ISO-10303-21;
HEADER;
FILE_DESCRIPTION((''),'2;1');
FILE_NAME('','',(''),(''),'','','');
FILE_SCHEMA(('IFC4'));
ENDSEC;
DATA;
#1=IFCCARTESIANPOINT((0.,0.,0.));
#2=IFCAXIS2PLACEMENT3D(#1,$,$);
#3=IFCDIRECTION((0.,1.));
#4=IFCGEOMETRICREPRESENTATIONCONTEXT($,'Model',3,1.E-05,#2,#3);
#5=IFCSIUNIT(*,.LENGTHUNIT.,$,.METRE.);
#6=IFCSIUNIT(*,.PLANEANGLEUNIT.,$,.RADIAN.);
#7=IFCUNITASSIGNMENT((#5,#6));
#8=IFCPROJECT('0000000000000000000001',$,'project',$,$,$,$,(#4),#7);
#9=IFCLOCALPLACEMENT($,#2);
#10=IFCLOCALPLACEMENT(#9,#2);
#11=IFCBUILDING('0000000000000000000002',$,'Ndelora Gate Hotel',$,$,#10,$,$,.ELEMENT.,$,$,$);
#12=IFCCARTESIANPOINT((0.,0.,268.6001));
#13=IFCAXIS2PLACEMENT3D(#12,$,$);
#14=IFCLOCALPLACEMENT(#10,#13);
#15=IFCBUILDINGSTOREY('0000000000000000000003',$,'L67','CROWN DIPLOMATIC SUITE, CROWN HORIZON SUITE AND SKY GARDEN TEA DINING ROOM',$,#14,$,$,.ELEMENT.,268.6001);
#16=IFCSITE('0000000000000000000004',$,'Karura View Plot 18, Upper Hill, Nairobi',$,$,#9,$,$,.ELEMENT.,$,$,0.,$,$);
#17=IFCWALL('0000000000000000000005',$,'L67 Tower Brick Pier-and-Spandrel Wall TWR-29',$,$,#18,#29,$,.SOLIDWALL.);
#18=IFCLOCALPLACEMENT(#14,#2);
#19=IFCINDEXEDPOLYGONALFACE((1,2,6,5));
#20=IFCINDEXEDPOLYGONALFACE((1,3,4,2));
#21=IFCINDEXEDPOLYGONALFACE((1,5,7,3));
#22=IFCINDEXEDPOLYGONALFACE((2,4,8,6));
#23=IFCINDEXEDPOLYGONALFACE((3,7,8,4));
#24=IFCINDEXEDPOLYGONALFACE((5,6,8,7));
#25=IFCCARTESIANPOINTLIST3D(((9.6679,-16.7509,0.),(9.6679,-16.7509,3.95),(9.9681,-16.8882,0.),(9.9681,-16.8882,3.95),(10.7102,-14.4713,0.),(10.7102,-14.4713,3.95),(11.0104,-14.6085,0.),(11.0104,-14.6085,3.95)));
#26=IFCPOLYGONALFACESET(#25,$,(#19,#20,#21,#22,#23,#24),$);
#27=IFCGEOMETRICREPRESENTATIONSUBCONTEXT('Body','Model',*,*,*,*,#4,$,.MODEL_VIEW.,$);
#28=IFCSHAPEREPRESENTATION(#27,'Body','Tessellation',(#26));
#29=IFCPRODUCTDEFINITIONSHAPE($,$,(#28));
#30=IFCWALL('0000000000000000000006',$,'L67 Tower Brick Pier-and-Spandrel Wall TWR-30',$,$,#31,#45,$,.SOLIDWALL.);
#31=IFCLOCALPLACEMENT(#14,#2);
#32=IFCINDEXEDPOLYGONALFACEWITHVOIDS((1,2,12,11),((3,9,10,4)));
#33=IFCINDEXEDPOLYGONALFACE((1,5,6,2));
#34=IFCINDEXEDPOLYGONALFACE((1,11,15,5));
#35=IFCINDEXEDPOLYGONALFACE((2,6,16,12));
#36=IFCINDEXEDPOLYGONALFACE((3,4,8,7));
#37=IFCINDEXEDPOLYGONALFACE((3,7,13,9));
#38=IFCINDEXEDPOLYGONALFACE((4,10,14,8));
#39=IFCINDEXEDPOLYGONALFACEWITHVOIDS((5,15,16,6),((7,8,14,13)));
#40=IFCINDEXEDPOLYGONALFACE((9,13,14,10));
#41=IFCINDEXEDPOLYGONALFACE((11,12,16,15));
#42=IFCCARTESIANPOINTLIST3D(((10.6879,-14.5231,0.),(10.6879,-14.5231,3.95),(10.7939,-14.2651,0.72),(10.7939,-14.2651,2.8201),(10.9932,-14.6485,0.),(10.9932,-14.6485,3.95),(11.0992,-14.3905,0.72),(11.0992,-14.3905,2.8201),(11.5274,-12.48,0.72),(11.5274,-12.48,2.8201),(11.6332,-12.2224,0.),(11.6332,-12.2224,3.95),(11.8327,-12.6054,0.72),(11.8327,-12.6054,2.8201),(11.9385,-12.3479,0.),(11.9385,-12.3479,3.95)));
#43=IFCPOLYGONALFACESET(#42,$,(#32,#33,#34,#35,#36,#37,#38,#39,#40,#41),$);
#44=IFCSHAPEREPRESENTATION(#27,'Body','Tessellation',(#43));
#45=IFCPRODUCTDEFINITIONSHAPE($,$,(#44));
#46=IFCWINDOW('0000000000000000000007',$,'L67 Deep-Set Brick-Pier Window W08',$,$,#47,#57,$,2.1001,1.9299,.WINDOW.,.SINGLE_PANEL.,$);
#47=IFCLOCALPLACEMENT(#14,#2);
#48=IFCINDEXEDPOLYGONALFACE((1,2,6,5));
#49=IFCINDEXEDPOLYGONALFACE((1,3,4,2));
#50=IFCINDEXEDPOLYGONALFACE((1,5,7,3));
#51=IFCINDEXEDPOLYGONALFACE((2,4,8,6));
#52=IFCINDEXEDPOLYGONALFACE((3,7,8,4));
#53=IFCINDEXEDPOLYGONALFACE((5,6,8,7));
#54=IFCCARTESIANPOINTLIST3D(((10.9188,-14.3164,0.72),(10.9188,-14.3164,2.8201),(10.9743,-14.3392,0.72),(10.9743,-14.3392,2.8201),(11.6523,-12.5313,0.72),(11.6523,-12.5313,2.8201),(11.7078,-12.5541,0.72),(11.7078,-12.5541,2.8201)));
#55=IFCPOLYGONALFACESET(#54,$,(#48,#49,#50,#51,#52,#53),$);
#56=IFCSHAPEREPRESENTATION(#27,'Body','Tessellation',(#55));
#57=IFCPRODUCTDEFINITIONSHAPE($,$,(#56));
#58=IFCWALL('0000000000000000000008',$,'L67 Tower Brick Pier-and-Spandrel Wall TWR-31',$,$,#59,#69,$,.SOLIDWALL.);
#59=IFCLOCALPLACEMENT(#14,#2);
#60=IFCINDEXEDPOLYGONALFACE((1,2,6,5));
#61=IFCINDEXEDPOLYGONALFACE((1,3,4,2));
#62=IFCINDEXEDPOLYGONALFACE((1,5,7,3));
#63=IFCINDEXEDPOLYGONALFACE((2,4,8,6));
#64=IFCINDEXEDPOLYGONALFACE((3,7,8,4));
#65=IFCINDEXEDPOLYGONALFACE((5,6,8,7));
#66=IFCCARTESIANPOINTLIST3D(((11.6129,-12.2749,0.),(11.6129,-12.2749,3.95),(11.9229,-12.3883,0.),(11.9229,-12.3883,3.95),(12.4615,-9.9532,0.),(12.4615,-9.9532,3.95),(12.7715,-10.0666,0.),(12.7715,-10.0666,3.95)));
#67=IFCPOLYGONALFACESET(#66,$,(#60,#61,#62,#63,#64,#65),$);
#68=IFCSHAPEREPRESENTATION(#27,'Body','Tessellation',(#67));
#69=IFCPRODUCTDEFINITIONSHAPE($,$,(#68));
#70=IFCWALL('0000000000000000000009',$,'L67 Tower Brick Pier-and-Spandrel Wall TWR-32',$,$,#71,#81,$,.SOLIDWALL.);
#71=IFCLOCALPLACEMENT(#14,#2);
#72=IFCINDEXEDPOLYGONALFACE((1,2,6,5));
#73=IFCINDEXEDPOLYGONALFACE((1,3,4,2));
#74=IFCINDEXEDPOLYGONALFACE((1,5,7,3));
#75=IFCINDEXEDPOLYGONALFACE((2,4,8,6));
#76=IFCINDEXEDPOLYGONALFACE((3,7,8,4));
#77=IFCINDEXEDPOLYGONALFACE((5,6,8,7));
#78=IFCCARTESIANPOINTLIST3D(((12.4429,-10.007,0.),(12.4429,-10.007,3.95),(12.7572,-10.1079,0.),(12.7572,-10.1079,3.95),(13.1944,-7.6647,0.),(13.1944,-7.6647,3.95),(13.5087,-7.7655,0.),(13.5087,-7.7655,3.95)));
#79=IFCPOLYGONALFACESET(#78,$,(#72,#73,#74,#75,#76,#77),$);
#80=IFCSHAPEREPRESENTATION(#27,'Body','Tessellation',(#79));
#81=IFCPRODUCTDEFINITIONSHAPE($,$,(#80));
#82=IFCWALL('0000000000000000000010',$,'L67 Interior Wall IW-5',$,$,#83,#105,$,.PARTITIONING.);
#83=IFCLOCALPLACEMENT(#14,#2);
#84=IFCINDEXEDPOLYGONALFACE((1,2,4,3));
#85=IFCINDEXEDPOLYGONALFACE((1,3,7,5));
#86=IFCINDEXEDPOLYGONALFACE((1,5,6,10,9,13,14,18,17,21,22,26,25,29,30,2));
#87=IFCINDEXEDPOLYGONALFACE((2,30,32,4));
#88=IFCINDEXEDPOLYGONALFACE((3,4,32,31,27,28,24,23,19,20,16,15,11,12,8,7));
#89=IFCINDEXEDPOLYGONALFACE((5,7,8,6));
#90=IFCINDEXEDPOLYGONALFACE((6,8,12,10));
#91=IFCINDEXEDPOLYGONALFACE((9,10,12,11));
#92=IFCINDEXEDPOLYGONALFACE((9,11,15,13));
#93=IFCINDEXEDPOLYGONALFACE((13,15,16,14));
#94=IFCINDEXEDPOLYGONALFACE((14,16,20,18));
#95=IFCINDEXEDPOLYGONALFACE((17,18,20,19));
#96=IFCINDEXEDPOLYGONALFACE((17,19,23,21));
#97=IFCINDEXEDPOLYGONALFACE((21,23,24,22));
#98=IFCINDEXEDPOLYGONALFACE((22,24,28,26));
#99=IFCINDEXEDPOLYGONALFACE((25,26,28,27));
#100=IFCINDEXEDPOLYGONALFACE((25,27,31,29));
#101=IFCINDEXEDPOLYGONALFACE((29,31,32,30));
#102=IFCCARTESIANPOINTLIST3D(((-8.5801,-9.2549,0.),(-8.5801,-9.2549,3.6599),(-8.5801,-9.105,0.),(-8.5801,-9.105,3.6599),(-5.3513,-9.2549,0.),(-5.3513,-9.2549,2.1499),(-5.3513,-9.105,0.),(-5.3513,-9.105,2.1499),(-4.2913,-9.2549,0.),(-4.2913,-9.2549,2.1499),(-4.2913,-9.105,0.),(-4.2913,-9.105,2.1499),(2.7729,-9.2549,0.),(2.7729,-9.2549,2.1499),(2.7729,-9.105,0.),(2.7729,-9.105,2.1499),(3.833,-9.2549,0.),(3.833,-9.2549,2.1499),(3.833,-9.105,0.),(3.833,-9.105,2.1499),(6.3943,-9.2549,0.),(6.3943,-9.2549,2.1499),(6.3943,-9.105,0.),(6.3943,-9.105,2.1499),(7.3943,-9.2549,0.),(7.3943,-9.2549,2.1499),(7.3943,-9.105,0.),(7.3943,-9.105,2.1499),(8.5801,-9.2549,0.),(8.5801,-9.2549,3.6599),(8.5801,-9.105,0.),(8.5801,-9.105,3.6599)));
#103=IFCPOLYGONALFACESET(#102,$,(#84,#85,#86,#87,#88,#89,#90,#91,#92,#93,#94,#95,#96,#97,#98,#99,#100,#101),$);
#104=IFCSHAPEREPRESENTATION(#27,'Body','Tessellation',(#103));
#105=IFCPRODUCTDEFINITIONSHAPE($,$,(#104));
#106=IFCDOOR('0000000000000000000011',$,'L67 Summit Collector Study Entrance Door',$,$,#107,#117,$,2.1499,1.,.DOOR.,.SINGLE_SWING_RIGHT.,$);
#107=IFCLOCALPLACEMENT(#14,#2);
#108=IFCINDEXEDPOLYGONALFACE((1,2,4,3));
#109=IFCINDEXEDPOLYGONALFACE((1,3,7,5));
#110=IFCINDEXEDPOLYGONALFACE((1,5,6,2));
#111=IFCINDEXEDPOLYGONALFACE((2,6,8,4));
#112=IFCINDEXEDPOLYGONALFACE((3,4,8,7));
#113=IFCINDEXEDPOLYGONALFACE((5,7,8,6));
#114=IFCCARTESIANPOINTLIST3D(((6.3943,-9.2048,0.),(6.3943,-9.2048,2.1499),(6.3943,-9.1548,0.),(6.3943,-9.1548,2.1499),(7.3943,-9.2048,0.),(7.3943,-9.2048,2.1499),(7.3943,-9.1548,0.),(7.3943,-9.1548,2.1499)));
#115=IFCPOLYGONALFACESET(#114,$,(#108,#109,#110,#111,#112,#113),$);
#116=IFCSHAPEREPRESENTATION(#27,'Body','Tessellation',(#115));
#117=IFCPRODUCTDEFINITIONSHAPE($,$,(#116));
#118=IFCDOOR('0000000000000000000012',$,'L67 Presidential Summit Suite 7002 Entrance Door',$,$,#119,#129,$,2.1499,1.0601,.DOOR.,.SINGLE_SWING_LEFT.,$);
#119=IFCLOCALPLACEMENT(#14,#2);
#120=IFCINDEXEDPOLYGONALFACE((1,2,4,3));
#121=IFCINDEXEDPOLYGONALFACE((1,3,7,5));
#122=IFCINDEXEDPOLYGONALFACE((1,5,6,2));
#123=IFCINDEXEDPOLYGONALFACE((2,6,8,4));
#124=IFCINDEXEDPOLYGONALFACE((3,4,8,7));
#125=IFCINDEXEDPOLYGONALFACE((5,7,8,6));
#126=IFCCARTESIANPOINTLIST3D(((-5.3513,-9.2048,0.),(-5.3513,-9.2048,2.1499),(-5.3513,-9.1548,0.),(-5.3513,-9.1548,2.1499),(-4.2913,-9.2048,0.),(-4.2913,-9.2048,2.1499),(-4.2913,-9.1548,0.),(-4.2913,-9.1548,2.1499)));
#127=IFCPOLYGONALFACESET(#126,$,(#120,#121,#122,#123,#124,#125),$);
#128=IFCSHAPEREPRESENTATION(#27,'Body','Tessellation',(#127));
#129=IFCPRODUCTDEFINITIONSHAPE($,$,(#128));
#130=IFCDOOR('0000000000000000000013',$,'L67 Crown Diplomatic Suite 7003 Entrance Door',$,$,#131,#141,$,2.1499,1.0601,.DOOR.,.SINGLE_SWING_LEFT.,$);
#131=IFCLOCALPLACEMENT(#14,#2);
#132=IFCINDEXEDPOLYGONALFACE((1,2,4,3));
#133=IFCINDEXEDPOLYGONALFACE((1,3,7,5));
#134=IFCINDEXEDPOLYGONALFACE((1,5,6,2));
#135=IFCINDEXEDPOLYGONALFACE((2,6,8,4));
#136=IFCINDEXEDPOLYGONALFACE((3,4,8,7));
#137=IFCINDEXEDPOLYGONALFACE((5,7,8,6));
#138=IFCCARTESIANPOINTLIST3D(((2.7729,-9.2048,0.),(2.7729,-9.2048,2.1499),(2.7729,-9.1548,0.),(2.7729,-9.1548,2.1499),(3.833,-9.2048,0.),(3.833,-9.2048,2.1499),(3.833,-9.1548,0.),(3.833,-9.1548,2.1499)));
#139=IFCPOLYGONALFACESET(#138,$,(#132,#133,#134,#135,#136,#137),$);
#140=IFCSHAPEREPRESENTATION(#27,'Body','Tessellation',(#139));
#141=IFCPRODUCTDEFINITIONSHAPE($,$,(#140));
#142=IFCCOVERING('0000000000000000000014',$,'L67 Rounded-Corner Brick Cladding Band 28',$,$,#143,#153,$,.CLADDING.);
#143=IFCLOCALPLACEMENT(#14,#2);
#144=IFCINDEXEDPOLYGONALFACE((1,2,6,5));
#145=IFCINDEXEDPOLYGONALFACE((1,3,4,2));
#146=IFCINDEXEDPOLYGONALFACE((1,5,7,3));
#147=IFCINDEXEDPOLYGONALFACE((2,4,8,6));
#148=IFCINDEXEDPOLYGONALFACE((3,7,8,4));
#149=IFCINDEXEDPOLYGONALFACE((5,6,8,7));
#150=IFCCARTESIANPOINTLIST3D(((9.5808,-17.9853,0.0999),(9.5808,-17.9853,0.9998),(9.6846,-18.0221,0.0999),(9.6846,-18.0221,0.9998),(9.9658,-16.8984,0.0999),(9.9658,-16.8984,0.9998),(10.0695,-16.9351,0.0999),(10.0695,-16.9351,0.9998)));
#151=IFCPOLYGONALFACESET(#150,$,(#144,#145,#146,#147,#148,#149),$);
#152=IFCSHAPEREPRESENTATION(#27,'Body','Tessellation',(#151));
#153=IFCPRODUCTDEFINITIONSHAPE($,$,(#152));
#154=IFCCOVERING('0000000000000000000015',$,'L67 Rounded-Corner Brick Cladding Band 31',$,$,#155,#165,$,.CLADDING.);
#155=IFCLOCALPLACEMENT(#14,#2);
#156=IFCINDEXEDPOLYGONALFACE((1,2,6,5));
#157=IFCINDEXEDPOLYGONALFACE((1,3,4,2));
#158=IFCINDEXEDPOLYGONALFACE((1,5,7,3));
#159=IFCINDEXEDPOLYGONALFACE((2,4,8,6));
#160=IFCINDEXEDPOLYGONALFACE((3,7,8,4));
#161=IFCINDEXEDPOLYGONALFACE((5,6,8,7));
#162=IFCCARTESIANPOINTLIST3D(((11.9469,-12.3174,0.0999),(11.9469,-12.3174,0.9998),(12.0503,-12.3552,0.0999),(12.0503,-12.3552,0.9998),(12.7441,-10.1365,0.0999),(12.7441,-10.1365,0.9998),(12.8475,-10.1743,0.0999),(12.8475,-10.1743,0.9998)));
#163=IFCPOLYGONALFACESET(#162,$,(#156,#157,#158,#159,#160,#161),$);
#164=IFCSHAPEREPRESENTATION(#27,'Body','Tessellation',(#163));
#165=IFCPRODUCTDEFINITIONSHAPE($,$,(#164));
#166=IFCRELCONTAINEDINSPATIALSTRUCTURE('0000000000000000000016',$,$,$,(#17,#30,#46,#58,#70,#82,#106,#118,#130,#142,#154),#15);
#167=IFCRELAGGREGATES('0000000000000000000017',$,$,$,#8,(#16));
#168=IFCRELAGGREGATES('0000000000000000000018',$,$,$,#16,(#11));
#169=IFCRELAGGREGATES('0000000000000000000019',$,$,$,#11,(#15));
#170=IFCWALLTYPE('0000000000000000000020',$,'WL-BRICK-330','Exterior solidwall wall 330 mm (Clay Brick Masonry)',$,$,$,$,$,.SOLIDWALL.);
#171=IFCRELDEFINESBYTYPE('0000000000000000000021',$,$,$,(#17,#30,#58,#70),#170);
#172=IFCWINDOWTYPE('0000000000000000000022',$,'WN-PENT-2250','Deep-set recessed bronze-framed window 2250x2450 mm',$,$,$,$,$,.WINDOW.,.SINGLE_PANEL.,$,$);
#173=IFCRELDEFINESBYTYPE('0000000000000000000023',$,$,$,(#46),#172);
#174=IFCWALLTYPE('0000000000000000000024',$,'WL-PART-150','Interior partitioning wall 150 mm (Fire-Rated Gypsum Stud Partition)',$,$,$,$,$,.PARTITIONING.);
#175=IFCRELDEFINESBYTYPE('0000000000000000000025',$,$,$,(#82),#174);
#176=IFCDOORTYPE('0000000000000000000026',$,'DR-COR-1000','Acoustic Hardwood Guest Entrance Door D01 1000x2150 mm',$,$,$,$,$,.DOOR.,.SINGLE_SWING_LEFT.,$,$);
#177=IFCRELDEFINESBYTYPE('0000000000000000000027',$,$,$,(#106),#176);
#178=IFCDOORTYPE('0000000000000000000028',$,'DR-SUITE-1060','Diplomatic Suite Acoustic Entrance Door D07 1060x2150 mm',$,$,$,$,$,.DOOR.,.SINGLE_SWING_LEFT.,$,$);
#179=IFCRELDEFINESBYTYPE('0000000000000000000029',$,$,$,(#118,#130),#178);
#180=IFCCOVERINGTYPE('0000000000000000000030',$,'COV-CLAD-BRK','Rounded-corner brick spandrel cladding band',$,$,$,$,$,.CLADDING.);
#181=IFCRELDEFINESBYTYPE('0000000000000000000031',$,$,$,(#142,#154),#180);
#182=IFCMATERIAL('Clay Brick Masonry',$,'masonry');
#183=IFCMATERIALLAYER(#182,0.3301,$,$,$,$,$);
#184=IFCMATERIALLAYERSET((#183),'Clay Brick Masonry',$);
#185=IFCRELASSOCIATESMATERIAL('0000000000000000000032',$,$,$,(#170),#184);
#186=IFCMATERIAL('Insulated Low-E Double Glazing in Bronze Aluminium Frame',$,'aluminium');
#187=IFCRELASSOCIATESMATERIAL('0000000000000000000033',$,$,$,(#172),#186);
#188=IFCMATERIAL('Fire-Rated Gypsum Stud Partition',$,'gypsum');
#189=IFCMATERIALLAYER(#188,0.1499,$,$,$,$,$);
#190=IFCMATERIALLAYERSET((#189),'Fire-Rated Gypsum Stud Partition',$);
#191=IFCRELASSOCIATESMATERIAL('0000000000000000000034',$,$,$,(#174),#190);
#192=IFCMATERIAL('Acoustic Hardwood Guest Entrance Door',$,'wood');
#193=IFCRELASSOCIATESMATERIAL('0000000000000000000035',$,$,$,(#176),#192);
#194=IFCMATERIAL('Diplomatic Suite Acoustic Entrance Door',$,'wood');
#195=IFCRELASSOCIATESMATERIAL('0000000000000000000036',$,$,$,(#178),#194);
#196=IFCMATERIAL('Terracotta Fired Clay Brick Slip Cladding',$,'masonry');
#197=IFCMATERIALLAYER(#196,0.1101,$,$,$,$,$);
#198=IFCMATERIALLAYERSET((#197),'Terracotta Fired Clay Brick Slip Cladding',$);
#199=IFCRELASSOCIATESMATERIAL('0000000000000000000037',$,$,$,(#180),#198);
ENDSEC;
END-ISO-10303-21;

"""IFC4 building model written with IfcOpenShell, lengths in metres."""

from ifc_helpers import new_model, si_unit, direction, frame, frame_2d, origin, origin_2d, place, context, subcontext, project, spatial, rectangle, extrude, material, layer, layer_set, type_object, element, fill, save


model = new_model("IFC4")

# Units and contexts
model_context = context("Model", 3, precision=1e-05, world=origin(), true_north=direction((0.0, 1.0)))
body_context = subcontext(model_context, "Body", "Model", "MODEL_VIEW")
ifc_project = project(units=[si_unit("LENGTHUNIT", "METRE"), si_unit("PLANEANGLEUNIT", "RADIAN")], contexts=[model_context])

# Site, building, storey
site_placement = place(None, origin())
site = spatial("IfcSite", under=ifc_project, at=site_placement, Name="Karura View Plot 18, Upper Hill, Nairobi", CompositionType="ELEMENT", RefElevation=0.0)
building_placement = place(site_placement, origin())
building = spatial("IfcBuilding", under=site, at=building_placement, Name="Ndelora Gate Hotel", CompositionType="ELEMENT")
storey_placement = place(building_placement, frame((0.0, 0.0, 268.6001)))
storey = spatial("IfcBuildingStorey", under=building, at=storey_placement, Name="L67", Description="CROWN DIPLOMATIC SUITE, CROWN HORIZON SUITE AND SKY GARDEN TEA DINING ROOM", CompositionType="ELEMENT", Elevation=268.6001)

# Wall
ifc_material_1 = material(Name="Clay Brick Masonry", Category="masonry")
ifc_layer_1 = layer(ifc_material_1, 0.3301)
ifc_layer_set_1 = layer_set([ifc_layer_1], Name="Clay Brick Masonry")
wall_type_1 = type_object("IfcWallType", Name="WL-BRICK-330", Description="Exterior solidwall wall 330 mm (Clay Brick Masonry)", PredefinedType="SOLIDWALL", material=ifc_layer_set_1)
wall_1_placement = place(storey_placement, frame((10.8604, -14.5398, 0.0), z_axis=(0.0, 0.0, 1.0), x_axis=(-0.415813, -0.90945, 0.0)))
element("IfcWall", 1, at=wall_1_placement, inside=storey, type_object=wall_type_1, Name="L67 Tower Brick Pier-and-Spandrel Wall TWR-29", PredefinedType="SOLIDWALL", context=body_context, shape_type="SweptSolid", body=[
    extrude(rectangle(XDim=2.5066, YDim=0.3301, at=frame_2d((1.2534, 0.0))), origin(), (0.0, 0.0, 1.0), 3.95),
])

# Wall, opening, window
wall_2_placement = place(storey_placement, frame((11.7859, -12.2852, 0.0), z_axis=(0.0, 0.0, 1.0), x_axis=(-0.380073, -0.924956, 0.0)))
wall_2 = element("IfcWall", 2, at=wall_2_placement, inside=storey, type_object=wall_type_1, Name="L67 Tower Brick Pier-and-Spandrel Wall TWR-30", PredefinedType="SOLIDWALL", context=body_context, shape_type="SweptSolid", body=[
    extrude(rectangle(XDim=2.4873, YDim=0.3301, at=frame_2d((1.2437, 0.0))), origin(), (0.0, 0.0, 1.0), 3.95),
])
opening_1_placement = place(wall_2_placement, frame((0.2786, 0.0, 0.72)))
opening_1 = element("IfcOpeningElement", 3, at=opening_1_placement, cuts=wall_2, PredefinedType="OPENING", context=body_context, shape_type="SweptSolid", body=[
    extrude(rectangle(XDim=1.9299, YDim=2.1001, at=frame_2d((0.9648, 1.05))), frame((0.0, 0.175, 0.0), z_axis=(0.0, -1.0, 0.0), x_axis=(1.0, 0.0, 0.0)), (0.0, 0.0, 1.0), 0.3501),
])
ifc_material_2 = material(Name="Insulated Low-E Double Glazing in Bronze Aluminium Frame", Category="aluminium")
window_type = type_object("IfcWindowType", Name="WN-PENT-2250", Description="Deep-set recessed bronze-framed window 2250x2450 mm", PartitioningType="SINGLE_PANEL", PredefinedType="WINDOW", material=ifc_material_2)
window_placement = place(opening_1_placement, origin())
window = element("IfcWindow", 4, at=window_placement, inside=storey, type_object=window_type, Name="L67 Deep-Set Brick-Pier Window W08", OverallHeight=2.1001, OverallWidth=1.9299, PartitioningType="SINGLE_PANEL", PredefinedType="WINDOW", context=body_context, shape_type="SweptSolid", body=[
    extrude(rectangle(XDim=1.9299, YDim=2.1001, at=frame_2d((0.9648, 1.05))), frame((0.0, 0.03, 0.0), z_axis=(0.0, -1.0, 0.0), x_axis=(1.0, 0.0, 0.0)), (0.0, 0.0, 1.0), 0.0601),
])
fill(opening_1, window)

# Walls
wall_3_placement = place(storey_placement, frame((12.6165, -10.01, 0.0), z_axis=(0.0, 0.0, 1.0), x_axis=(-0.343297, -0.939227, 0.0)))
element("IfcWall", 5, at=wall_3_placement, inside=storey, type_object=wall_type_1, Name="L67 Tower Brick Pier-and-Spandrel Wall TWR-31", PredefinedType="SOLIDWALL", context=body_context, shape_type="SweptSolid", body=[
    extrude(rectangle(XDim=2.4719, YDim=0.3301, at=frame_2d((1.2358, 0.0))), origin(), (0.0, 0.0, 1.0), 3.95),
])
wall_4_placement = place(storey_placement, frame((13.3516, -7.7151, 0.0), z_axis=(0.0, 0.0, 1.0), x_axis=(-0.305489, -0.952196, 0.0)))
element("IfcWall", 6, at=wall_4_placement, inside=storey, type_object=wall_type_1, Name="L67 Tower Brick Pier-and-Spandrel Wall TWR-32", PredefinedType="SOLIDWALL", context=body_context, shape_type="SweptSolid", body=[
    extrude(rectangle(XDim=2.46, YDim=0.3301, at=frame_2d((1.23, 0.0))), origin(), (0.0, 0.0, 1.0), 3.95),
])

# Wall, openings, doors
ifc_material_3 = material(Name="Fire-Rated Gypsum Stud Partition", Category="gypsum")
ifc_layer_2 = layer(ifc_material_3, 0.1499)
ifc_layer_set_2 = layer_set([ifc_layer_2], Name="Fire-Rated Gypsum Stud Partition")
wall_type_2 = type_object("IfcWallType", Name="WL-PART-150", Description="Interior partitioning wall 150 mm (Fire-Rated Gypsum Stud Partition)", PredefinedType="PARTITIONING", material=ifc_layer_set_2)
wall_5_placement = place(storey_placement, frame((8.5801, -9.1799, 0.0), z_axis=(0.0, 0.0, 1.0), x_axis=(-1.0, 0.0, 0.0)))
wall_5 = element("IfcWall", 7, at=wall_5_placement, inside=storey, type_object=wall_type_2, Name="L67 Interior Wall IW-5", PredefinedType="PARTITIONING", context=body_context, shape_type="SweptSolid", body=[
    extrude(rectangle(XDim=17.1602, YDim=0.1499, at=frame_2d((8.5801, 0.0))), origin(), (0.0, 0.0, 1.0), 3.6599),
])
opening_2_placement = place(wall_5_placement, frame((12.8713, 0.0, 0.0)))
opening_2 = element("IfcOpeningElement", 8, at=opening_2_placement, cuts=wall_5, PredefinedType="OPENING", context=body_context, shape_type="SweptSolid", body=[
    extrude(rectangle(XDim=1.0601, YDim=2.1499, at=frame_2d((0.53, 1.075))), frame((0.0, 0.085, 0.0), z_axis=(0.0, -1.0, 0.0), x_axis=(1.0, 0.0, 0.0)), (0.0, 0.0, 1.0), 0.1699),
])
opening_3_placement = place(wall_5_placement, frame((1.1858, 0.0, 0.0)))
opening_3 = element("IfcOpeningElement", 9, at=opening_3_placement, cuts=wall_5, PredefinedType="OPENING", context=body_context, shape_type="SweptSolid", body=[
    extrude(rectangle(XDim=1.0, YDim=2.1499, at=frame_2d((0.5, 1.075))), frame((0.0, 0.085, 0.0), z_axis=(0.0, -1.0, 0.0), x_axis=(1.0, 0.0, 0.0)), (0.0, 0.0, 1.0), 0.1699),
])
opening_4_placement = place(wall_5_placement, frame((4.7471, 0.0, 0.0)))
opening_4 = element("IfcOpeningElement", 10, at=opening_4_placement, cuts=wall_5, PredefinedType="OPENING", context=body_context, shape_type="SweptSolid", body=[
    extrude(rectangle(XDim=1.0601, YDim=2.1499, at=frame_2d((0.53, 1.075))), frame((0.0, 0.085, 0.0), z_axis=(0.0, -1.0, 0.0), x_axis=(1.0, 0.0, 0.0)), (0.0, 0.0, 1.0), 0.1699),
])
ifc_material_4 = material(Name="Acoustic Hardwood Guest Entrance Door", Category="wood")
door_type_1 = type_object("IfcDoorType", Name="DR-COR-1000", Description="Acoustic Hardwood Guest Entrance Door D01 1000x2150 mm", OperationType="SINGLE_SWING_LEFT", PredefinedType="DOOR", material=ifc_material_4)
door_1_placement = place(opening_3_placement, origin())
door_1 = element("IfcDoor", 11, at=door_1_placement, inside=storey, type_object=door_type_1, Name="L67 Summit Collector Study Entrance Door", OperationType="SINGLE_SWING_RIGHT", OverallHeight=2.1499, OverallWidth=1.0, PredefinedType="DOOR", context=body_context, shape_type="SweptSolid", body=[
    extrude(rectangle(XDim=1.0, YDim=2.1499, at=frame_2d((0.5, 1.075))), frame((0.0, 0.0249, 0.0), z_axis=(0.0, -1.0, 0.0), x_axis=(1.0, 0.0, 0.0)), (0.0, 0.0, 1.0), 0.05),
])
fill(opening_3, door_1)
ifc_material_5 = material(Name="Diplomatic Suite Acoustic Entrance Door", Category="wood")
door_type_2 = type_object("IfcDoorType", Name="DR-SUITE-1060", Description="Diplomatic Suite Acoustic Entrance Door D07 1060x2150 mm", OperationType="SINGLE_SWING_LEFT", PredefinedType="DOOR", material=ifc_material_5)
door_2_placement = place(opening_2_placement, origin())
door_2 = element("IfcDoor", 12, at=door_2_placement, inside=storey, type_object=door_type_2, Name="L67 Presidential Summit Suite 7002 Entrance Door", OperationType="SINGLE_SWING_LEFT", OverallHeight=2.1499, OverallWidth=1.0601, PredefinedType="DOOR", context=body_context, shape_type="SweptSolid", body=[
    extrude(rectangle(XDim=1.0601, YDim=2.1499, at=frame_2d((0.53, 1.075))), frame((0.0, 0.0249, 0.0), z_axis=(0.0, -1.0, 0.0), x_axis=(1.0, 0.0, 0.0)), (0.0, 0.0, 1.0), 0.05),
])
fill(opening_2, door_2)
door_3_placement = place(opening_4_placement, origin())
door_3 = element("IfcDoor", 13, at=door_3_placement, inside=storey, type_object=door_type_2, Name="L67 Crown Diplomatic Suite 7003 Entrance Door", OperationType="SINGLE_SWING_LEFT", OverallHeight=2.1499, OverallWidth=1.0601, PredefinedType="DOOR", context=body_context, shape_type="SweptSolid", body=[
    extrude(rectangle(XDim=1.0601, YDim=2.1499, at=frame_2d((0.53, 1.075))), frame((0.0, 0.0249, 0.0), z_axis=(0.0, -1.0, 0.0), x_axis=(1.0, 0.0, 0.0)), (0.0, 0.0, 1.0), 0.05),
])
fill(opening_4, door_3)

# Coverings
ifc_material_6 = material(Name="Terracotta Fired Clay Brick Slip Cladding", Category="masonry")
ifc_layer_3 = layer(ifc_material_6, 0.1101)
ifc_layer_set_3 = layer_set([ifc_layer_3], Name="Terracotta Fired Clay Brick Slip Cladding")
covering_type_1 = type_object("IfcCoveringType", Name="COV-CLAD-BRK", Description="Rounded-corner brick spandrel cladding band", PredefinedType="CLADDING", material=ifc_layer_set_3)
covering_1_placement = place(storey_placement, frame((9.8252, -17.4602, 0.0999), z_axis=(0.0, 0.0, 1.0), x_axis=(0.333807, 0.942641, 0.0)))
element("IfcCovering", 14, at=covering_1_placement, inside=storey, type_object=covering_type_1, Name="L67 Rounded-Corner Brick Cladding Band 28", PredefinedType="CLADDING", context=body_context, shape_type="SweptSolid", body=[
    extrude(rectangle(XDim=1.1531, YDim=0.1101, at=origin_2d()), origin(), (0.0, 0.0, 1.0), 0.8999),
])
covering_2_placement = place(storey_placement, frame((12.3972, -11.2458, 0.0999), z_axis=(0.0, 0.0, 1.0), x_axis=(0.343332, 0.939214, 0.0)))
element("IfcCovering", 15, at=covering_2_placement, inside=storey, type_object=covering_type_1, Name="L67 Rounded-Corner Brick Cladding Band 31", PredefinedType="CLADDING", context=body_context, shape_type="SweptSolid", body=[
    extrude(rectangle(XDim=2.322, YDim=0.1101, at=origin_2d()), origin(), (0.0, 0.0, 1.0), 0.8999),
])

save(model, "model.ifc")
